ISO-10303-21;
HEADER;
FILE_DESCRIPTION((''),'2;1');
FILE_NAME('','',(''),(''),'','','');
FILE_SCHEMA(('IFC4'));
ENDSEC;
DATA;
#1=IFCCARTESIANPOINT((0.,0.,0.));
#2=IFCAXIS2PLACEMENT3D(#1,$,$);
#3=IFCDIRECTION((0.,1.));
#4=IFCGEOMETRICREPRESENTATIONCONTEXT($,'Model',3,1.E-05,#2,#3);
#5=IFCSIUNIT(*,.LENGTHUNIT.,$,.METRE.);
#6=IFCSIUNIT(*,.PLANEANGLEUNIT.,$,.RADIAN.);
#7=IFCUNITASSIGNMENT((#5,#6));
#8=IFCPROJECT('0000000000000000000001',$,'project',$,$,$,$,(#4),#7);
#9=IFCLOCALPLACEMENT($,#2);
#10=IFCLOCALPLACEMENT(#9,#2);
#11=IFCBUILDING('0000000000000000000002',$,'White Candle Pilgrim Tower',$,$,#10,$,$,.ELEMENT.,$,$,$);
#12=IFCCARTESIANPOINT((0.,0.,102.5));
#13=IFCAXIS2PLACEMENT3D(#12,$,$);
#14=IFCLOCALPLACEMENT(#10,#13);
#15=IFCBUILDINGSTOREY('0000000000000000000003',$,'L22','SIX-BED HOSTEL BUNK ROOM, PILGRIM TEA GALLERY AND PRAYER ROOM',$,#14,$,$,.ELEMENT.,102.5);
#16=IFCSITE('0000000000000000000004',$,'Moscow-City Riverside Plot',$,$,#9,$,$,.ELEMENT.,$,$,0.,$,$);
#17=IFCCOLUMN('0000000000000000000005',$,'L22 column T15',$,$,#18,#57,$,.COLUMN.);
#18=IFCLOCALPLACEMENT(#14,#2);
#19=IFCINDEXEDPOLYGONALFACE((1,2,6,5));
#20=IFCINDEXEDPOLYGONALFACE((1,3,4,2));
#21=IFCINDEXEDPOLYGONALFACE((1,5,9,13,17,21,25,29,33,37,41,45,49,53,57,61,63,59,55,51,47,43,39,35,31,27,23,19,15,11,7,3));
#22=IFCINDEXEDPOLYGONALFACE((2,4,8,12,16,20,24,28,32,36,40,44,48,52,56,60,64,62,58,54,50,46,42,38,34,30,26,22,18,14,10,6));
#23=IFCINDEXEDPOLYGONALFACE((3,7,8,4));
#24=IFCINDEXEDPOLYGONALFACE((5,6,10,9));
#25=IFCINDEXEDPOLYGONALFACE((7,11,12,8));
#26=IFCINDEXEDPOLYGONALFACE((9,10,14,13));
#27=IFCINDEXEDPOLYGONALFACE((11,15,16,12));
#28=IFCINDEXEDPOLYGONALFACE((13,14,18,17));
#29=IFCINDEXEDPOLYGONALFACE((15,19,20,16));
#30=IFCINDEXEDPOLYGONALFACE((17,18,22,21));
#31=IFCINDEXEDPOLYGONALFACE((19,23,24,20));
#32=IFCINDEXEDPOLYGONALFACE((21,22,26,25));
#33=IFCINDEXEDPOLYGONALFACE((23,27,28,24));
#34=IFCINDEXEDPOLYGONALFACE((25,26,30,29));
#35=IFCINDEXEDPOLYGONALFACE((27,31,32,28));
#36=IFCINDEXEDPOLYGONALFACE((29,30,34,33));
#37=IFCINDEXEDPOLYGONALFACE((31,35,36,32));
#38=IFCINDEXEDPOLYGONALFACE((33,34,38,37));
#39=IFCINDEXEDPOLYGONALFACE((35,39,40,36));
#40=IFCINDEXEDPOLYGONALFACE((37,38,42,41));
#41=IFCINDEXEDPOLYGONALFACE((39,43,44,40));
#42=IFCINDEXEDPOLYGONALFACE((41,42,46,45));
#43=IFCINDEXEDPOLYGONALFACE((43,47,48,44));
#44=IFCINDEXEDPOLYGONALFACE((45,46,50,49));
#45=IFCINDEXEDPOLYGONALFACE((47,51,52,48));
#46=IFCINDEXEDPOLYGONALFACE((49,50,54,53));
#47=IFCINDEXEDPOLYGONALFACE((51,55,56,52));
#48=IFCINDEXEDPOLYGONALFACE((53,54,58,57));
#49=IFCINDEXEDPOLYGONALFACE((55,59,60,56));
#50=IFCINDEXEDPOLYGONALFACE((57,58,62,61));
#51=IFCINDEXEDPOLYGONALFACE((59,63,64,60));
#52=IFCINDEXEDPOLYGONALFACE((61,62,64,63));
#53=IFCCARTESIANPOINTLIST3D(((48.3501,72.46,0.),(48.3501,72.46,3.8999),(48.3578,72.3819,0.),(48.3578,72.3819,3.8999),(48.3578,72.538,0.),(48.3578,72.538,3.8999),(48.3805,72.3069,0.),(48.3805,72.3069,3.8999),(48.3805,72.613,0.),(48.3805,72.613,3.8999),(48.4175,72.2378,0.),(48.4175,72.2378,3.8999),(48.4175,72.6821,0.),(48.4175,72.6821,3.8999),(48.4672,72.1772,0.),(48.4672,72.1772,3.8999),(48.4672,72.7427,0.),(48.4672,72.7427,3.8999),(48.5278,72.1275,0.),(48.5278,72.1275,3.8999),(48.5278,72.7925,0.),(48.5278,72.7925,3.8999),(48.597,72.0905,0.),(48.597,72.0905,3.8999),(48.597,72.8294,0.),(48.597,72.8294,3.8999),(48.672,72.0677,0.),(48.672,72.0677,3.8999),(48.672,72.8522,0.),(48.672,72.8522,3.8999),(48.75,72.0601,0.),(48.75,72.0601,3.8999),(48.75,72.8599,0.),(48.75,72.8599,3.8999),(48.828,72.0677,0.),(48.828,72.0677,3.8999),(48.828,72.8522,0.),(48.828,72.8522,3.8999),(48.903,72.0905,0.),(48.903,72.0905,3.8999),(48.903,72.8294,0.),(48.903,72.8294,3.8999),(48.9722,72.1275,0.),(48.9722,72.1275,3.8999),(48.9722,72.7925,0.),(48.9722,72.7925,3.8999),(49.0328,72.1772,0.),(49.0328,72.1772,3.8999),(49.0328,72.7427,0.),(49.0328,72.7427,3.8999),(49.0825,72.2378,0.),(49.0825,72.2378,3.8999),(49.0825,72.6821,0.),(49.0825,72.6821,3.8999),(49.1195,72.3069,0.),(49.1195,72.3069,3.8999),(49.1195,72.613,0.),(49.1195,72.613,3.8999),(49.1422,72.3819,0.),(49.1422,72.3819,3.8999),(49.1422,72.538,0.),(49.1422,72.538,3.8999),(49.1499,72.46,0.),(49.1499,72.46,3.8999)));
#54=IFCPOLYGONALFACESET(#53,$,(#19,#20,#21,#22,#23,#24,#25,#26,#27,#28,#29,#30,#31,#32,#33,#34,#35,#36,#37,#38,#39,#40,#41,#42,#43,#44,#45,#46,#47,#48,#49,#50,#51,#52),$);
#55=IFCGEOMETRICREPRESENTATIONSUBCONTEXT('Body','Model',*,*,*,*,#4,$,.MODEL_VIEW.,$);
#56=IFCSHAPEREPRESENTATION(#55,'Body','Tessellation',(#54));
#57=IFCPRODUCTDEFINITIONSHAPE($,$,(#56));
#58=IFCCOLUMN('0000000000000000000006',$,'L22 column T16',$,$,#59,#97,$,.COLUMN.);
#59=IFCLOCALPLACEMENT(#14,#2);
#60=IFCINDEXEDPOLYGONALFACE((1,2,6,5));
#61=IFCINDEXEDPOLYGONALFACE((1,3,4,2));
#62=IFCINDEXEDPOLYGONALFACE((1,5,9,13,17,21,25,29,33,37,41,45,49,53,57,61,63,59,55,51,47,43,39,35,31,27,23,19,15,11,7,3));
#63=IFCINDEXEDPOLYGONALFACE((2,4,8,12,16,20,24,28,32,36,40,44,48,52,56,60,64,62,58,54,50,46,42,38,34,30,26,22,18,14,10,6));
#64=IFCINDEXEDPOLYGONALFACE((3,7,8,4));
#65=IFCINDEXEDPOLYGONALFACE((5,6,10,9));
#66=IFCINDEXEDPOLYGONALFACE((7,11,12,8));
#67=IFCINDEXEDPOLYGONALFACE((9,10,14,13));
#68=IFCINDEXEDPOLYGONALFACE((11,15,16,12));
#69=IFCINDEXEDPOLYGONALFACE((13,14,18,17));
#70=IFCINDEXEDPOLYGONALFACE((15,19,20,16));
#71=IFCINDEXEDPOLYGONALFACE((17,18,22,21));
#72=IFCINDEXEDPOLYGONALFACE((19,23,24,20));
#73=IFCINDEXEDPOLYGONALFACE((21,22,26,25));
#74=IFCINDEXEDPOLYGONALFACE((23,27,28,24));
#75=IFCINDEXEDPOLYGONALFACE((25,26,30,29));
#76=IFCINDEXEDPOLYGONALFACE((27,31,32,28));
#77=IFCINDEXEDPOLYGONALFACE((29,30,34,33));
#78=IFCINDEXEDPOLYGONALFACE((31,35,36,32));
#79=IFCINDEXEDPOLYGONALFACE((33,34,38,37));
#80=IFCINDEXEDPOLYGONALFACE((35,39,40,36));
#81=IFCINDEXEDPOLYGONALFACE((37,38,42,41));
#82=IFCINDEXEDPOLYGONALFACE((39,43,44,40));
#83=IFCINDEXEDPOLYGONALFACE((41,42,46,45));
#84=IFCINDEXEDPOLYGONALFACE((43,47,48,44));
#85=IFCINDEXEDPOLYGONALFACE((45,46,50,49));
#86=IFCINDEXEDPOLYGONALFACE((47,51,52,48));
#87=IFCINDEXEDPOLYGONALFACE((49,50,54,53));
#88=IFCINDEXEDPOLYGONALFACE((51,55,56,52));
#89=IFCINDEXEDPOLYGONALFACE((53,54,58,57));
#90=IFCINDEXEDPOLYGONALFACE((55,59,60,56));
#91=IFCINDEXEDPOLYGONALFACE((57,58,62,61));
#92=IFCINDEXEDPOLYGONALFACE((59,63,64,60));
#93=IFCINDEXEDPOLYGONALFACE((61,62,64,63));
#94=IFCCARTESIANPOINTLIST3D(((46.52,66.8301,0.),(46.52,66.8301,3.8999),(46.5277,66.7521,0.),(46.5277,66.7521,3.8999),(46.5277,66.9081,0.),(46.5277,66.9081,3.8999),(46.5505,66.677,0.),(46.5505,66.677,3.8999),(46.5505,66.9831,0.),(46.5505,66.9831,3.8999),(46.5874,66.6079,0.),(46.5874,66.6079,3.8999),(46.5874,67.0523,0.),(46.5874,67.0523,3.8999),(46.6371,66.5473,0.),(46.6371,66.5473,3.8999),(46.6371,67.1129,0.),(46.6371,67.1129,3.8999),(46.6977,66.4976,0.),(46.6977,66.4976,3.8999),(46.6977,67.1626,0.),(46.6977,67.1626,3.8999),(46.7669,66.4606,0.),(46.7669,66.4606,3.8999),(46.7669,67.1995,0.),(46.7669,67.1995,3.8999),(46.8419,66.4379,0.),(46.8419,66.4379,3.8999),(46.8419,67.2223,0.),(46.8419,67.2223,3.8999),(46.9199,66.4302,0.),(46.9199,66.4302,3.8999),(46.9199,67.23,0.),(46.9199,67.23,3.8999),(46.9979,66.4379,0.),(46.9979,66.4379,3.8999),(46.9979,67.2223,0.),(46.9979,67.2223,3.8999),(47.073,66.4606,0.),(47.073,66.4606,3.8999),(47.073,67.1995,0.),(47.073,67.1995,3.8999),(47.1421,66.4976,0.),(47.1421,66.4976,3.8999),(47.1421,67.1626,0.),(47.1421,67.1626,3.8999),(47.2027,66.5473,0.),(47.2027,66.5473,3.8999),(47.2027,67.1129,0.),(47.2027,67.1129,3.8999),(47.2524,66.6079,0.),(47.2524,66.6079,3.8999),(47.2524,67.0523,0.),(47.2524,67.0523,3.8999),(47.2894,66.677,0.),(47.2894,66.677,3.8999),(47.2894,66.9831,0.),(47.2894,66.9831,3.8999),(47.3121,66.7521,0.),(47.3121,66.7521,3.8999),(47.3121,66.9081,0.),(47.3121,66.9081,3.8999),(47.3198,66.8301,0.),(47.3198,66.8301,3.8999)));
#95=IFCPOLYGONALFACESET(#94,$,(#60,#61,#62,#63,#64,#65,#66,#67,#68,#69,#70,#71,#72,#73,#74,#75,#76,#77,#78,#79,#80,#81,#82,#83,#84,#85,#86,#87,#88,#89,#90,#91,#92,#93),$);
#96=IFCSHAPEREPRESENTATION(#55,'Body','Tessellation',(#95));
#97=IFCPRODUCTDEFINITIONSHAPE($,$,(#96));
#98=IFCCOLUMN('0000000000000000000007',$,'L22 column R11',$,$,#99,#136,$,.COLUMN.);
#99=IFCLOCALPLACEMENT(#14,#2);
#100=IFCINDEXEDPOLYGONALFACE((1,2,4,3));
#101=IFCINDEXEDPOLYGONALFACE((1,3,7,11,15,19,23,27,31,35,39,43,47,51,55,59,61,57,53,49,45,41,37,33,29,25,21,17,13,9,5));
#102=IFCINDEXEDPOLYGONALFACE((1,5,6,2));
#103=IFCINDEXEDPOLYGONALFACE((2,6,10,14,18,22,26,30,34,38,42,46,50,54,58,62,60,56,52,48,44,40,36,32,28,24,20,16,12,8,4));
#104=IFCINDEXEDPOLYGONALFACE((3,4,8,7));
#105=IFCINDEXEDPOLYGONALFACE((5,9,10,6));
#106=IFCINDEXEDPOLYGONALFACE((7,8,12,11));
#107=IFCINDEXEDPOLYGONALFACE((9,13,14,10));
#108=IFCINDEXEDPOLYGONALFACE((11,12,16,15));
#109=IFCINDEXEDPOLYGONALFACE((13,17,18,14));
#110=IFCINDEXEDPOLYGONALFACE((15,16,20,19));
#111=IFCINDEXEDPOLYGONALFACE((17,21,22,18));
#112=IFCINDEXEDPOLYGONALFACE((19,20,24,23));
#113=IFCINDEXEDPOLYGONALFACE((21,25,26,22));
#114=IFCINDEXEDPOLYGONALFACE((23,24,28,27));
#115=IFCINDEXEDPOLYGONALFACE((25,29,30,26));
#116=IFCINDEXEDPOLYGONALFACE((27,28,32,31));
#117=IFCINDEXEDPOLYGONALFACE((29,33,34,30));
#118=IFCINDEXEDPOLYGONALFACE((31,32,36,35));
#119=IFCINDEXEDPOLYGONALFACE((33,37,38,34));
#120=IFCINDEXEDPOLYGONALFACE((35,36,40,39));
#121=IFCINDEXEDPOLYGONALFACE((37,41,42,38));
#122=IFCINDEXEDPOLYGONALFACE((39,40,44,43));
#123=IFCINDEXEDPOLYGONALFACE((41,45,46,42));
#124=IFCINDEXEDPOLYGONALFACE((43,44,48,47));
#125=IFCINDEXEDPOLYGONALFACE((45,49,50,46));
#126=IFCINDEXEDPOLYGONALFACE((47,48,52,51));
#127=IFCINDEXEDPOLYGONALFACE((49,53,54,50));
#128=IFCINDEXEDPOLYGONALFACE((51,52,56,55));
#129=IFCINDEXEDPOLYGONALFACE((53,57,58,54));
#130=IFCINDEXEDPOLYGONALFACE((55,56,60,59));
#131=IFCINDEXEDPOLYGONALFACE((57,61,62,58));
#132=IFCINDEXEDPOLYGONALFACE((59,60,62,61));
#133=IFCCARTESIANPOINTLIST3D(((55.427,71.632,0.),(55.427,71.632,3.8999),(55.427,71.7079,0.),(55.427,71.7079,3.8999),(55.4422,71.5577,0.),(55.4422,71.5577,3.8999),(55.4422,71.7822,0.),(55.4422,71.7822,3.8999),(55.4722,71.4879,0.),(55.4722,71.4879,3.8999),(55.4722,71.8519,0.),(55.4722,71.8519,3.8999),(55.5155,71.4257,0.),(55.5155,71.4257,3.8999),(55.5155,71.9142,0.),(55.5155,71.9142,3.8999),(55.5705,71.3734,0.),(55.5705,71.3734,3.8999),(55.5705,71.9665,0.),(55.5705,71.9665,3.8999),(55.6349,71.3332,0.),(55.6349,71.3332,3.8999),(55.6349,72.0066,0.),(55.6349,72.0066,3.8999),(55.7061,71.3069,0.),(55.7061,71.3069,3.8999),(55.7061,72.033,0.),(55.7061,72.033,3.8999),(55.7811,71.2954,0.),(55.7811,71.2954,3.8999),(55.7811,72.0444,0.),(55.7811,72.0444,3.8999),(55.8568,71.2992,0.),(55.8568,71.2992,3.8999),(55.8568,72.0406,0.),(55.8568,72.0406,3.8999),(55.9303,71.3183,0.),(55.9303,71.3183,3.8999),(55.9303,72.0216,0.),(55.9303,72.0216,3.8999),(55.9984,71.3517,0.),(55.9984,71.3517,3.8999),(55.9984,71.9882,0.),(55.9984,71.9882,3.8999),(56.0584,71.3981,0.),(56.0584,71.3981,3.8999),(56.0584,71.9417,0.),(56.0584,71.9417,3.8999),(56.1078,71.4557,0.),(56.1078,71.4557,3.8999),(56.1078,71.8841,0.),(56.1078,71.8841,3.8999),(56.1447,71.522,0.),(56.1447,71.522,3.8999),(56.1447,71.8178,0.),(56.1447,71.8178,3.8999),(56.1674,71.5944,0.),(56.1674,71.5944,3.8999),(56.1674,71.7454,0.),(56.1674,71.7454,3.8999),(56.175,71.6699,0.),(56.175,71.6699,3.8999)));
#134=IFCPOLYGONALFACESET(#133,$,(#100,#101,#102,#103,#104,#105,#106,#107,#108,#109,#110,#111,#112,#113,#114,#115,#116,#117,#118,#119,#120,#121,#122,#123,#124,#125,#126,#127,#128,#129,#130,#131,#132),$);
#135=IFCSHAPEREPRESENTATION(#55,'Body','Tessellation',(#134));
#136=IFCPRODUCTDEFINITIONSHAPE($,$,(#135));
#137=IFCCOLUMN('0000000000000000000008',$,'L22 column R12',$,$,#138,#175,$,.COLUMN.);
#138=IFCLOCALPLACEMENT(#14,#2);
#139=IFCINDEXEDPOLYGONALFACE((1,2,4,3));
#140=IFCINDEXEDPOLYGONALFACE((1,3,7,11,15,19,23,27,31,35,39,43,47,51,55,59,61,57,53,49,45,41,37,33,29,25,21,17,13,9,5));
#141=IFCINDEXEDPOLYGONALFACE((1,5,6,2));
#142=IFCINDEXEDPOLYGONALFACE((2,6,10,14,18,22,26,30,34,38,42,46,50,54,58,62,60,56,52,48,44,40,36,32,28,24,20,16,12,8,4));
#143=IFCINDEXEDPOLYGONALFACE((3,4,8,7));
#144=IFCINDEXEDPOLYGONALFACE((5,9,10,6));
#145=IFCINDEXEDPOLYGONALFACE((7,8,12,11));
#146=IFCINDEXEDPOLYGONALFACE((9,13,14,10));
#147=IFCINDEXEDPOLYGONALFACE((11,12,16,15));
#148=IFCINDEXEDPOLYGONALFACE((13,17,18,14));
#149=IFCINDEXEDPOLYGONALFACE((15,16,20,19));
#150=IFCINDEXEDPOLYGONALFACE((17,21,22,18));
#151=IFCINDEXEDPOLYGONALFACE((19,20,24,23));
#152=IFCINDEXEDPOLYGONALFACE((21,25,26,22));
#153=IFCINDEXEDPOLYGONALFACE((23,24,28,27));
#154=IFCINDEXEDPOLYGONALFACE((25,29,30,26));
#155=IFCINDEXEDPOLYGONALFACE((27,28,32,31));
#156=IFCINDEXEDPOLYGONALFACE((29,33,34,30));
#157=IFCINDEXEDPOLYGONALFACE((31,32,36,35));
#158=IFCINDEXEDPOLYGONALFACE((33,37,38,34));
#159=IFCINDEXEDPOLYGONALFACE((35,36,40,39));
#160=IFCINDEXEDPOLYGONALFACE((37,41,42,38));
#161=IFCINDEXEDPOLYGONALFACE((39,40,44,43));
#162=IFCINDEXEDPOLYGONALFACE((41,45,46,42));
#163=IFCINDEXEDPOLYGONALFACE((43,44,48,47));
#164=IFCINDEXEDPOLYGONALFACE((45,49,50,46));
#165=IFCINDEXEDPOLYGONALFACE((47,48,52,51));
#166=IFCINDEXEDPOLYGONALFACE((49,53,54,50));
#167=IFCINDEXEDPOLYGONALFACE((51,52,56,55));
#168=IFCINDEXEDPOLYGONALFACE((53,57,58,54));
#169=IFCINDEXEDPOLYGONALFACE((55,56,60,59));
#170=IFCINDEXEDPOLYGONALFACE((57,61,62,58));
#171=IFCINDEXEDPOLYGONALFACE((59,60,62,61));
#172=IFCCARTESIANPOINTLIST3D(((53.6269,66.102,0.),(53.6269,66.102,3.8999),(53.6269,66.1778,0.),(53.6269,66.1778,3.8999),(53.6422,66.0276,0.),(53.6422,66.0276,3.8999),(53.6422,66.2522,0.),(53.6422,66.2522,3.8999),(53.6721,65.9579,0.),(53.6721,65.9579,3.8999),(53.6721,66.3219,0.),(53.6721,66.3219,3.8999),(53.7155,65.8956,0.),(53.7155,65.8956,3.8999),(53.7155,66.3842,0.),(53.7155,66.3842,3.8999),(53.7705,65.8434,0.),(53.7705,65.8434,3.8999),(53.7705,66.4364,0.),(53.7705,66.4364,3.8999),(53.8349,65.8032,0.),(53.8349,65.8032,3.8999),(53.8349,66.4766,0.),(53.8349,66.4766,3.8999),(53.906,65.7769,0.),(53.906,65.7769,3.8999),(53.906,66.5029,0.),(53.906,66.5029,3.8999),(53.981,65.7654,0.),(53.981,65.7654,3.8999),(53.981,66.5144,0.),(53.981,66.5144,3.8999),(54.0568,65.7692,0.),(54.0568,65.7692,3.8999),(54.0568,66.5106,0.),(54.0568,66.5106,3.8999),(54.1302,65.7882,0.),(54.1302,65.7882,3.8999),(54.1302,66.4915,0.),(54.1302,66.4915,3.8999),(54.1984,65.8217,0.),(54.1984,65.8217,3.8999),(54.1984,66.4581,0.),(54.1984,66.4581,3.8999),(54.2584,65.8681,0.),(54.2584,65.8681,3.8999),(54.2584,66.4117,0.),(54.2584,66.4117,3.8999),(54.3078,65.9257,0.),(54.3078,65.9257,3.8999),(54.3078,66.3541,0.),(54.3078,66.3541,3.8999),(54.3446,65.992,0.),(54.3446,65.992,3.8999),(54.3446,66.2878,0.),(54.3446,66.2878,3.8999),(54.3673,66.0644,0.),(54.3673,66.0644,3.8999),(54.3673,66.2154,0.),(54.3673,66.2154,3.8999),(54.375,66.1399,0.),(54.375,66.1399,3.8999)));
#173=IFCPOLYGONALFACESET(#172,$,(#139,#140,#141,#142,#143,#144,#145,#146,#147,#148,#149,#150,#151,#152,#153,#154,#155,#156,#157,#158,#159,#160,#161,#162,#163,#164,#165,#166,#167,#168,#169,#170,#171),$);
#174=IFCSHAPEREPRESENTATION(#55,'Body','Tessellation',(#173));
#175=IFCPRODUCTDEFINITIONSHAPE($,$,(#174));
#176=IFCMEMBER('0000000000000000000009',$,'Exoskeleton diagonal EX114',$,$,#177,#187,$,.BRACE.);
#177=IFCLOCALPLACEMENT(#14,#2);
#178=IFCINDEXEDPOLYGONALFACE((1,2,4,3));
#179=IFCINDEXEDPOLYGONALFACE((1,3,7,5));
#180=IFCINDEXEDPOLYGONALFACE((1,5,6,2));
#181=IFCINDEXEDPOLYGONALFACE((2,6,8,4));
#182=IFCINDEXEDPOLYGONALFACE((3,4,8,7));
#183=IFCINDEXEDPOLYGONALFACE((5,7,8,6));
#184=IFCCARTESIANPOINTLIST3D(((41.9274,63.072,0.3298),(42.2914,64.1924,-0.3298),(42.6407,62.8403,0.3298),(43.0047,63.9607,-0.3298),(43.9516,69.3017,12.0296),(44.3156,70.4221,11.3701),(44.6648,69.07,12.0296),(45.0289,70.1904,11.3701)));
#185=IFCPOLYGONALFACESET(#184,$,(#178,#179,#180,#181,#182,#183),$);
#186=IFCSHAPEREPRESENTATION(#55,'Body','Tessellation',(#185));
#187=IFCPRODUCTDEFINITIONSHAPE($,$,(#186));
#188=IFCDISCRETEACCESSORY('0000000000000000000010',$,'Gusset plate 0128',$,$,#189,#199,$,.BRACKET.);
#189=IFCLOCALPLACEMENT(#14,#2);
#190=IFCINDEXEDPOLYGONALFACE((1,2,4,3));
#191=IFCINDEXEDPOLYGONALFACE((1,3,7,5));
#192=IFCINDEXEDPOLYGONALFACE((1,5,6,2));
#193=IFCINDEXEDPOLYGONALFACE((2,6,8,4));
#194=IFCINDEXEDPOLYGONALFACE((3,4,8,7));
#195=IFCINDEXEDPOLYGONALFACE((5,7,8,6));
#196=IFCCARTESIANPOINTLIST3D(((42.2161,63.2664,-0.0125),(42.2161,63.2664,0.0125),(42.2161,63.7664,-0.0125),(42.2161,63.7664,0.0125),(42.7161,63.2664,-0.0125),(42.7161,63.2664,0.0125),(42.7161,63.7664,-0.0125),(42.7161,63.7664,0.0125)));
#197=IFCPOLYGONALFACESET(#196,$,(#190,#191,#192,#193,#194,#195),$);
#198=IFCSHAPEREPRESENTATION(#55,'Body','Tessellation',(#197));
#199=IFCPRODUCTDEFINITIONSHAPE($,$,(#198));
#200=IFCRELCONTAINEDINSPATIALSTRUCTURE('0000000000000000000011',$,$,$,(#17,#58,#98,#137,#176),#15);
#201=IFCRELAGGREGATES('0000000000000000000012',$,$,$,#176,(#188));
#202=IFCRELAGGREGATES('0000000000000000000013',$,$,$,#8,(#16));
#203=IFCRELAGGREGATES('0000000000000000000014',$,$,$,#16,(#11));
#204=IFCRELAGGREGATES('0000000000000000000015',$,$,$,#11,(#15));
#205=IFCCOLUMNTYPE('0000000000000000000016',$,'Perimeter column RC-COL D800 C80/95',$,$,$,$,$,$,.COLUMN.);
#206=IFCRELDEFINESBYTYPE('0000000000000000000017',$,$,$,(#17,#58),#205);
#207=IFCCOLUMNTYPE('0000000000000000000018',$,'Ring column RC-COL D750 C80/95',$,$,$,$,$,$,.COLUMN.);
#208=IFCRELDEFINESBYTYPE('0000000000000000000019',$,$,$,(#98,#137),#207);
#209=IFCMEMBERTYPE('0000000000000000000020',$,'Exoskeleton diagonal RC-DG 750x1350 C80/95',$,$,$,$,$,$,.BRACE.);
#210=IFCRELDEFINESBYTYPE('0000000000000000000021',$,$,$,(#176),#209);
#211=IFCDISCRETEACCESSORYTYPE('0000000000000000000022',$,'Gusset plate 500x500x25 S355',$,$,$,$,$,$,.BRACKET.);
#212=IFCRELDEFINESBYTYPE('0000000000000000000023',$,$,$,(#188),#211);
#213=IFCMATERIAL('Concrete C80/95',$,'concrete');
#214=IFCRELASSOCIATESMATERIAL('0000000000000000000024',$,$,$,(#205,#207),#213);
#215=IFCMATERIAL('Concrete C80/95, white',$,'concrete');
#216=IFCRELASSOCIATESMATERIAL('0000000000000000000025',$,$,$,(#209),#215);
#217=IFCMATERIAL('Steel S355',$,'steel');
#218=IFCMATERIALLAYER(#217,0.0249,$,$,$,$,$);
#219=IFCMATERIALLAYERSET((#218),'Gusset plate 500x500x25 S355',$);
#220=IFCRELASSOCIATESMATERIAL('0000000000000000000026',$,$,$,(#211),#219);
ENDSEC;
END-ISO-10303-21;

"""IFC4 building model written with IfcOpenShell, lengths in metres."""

from ifc_helpers import new_model, si_unit, direction, frame, origin, origin_2d, place, context, subcontext, project, spatial, rectangle, circle, extrude, material, layer, layer_set, material_profile, profile_set, type_object, element, aggregate, save


model = new_model("IFC4")

# Units and contexts
model_context = context("Model", 3, precision=1e-05, world=origin(), true_north=direction((0.0, 1.0)))
body_context = subcontext(model_context, "Body", "Model", "MODEL_VIEW")
ifc_project = project(units=[si_unit("LENGTHUNIT", "METRE"), si_unit("PLANEANGLEUNIT", "RADIAN")], contexts=[model_context])

# Site, building, storey
site_placement = place(None, origin())
site = spatial("IfcSite", under=ifc_project, at=site_placement, Name="Moscow-City Riverside Plot", CompositionType="ELEMENT", RefElevation=0.0)
building_placement = place(site_placement, origin())
building = spatial("IfcBuilding", under=site, at=building_placement, Name="White Candle Pilgrim Tower", CompositionType="ELEMENT")
storey_placement = place(building_placement, frame((0.0, 0.0, 102.5)))
storey = spatial("IfcBuildingStorey", under=building, at=storey_placement, Name="L22", Description="SIX-BED HOSTEL BUNK ROOM, PILGRIM TEA GALLERY AND PRAYER ROOM", CompositionType="ELEMENT", Elevation=102.5)

# Columns
ifc_material_1 = material(Name="Concrete C80/95", Category="concrete")
ifc_material_profile_1 = material_profile(ifc_material_1, circle(Radius=0.3999, at=origin_2d()), Name="RC-COL D800")
ifc_profile_set_1 = profile_set([ifc_material_profile_1], Name="Concrete C80/95")
column_type_1 = type_object("IfcColumnType", Name="Perimeter column RC-COL D800 C80/95", PredefinedType="COLUMN", material=ifc_profile_set_1)
for number, where, z_axis, x_axis, name in (
    (1, (48.75, 72.46, 0.0), (0.0, 0.0, 1.0), (1.0, 0.0, 0.0), "L22 column T15"),
    (2, (46.9199, 66.8301, 0.0), (0.0, 0.0, 1.0), (1.0, 0.0, 0.0), "L22 column T16"),
):
    element("IfcColumn", number, at=place(storey_placement, frame(where, z_axis=z_axis, x_axis=x_axis)), inside=storey, type_object=column_type_1, Name=name, PredefinedType="COLUMN", context=body_context, shape_type="SweptSolid", body=[
        extrude(circle(Radius=0.3999, at=origin_2d()), origin(), (0.0, 0.0, 1.0), 3.8999),
    ])
ifc_material_profile_2 = material_profile(ifc_material_1, circle(Radius=0.375, at=origin_2d()), Name="RC-COL D750")
ifc_profile_set_2 = profile_set([ifc_material_profile_2], Name="Concrete C80/95")
column_type_2 = type_object("IfcColumnType", Name="Ring column RC-COL D750 C80/95", PredefinedType="COLUMN", material=ifc_profile_set_2)
for number, where, z_axis, x_axis, name in (
    (3, (55.8, 71.6699, 0.0), (0.0, 0.0, 1.0), (1.0, 0.0, 0.0), "L22 column R11"),
    (4, (54.0, 66.1399, 0.0), (0.0, 0.0, 1.0), (1.0, 0.0, 0.0), "L22 column R12"),
):
    element("IfcColumn", number, at=place(storey_placement, frame(where, z_axis=z_axis, x_axis=x_axis)), inside=storey, type_object=column_type_2, Name=name, PredefinedType="COLUMN", context=body_context, shape_type="SweptSolid", body=[
        extrude(circle(Radius=0.375, at=origin_2d()), origin(), (0.0, 0.0, 1.0), 3.8999),
    ])

# Member
ifc_material_2 = material(Name="Concrete C80/95, white", Category="concrete")
ifc_material_profile_3 = material_profile(ifc_material_2, rectangle(XDim=0.75, YDim=1.3501, at=origin_2d()), Name="RC-DG 750x1350")
ifc_profile_set_3 = profile_set([ifc_material_profile_3], Name="Concrete C80/95, white")
member_type = type_object("IfcMemberType", Name="Exoskeleton diagonal RC-DG 750x1350 C80/95", PredefinedType="BRACE", material=ifc_profile_set_3)
member_placement = place(storey_placement, frame((42.4661, 63.5164, 0.0), z_axis=(0.150958, 0.464601, 0.872558), x_axis=(-0.951056, 0.309018, 0.0)))
member = element("IfcMember", 5, at=member_placement, inside=storey, type_object=member_type, Name="Exoskeleton diagonal EX114", PredefinedType="BRACE", context=body_context, shape_type="SweptSolid", body=[
    extrude(rectangle(XDim=0.75, YDim=1.3501, at=origin_2d()), origin(), (0.0, 0.0, 1.0), 13.4087),
])

# Discrete accessory
ifc_material_3 = material(Name="Steel S355", Category="steel")
ifc_layer_1 = layer(ifc_material_3, 0.0249)
ifc_layer_set_1 = layer_set([ifc_layer_1], Name="Gusset plate 500x500x25 S355")
discrete_accessory_type = type_object("IfcDiscreteAccessoryType", Name="Gusset plate 500x500x25 S355", PredefinedType="BRACKET", material=ifc_layer_set_1)
discrete_accessory_placement = place(storey_placement, frame((42.4661, 63.5164, -0.0125), z_axis=(0.0, 0.0, 1.0), x_axis=(1.0, 0.0, 0.0)))
discrete_accessory = element("IfcDiscreteAccessory", 6, at=discrete_accessory_placement, type_object=discrete_accessory_type, Name="Gusset plate 0128", PredefinedType="BRACKET", context=body_context, shape_type="SweptSolid", body=[
    extrude(rectangle(XDim=0.5, YDim=0.5, at=origin_2d()), origin(), (0.0, 0.0, 1.0), 0.0249),
])
aggregate(member, [discrete_accessory])

save(model, "model.ifc")
